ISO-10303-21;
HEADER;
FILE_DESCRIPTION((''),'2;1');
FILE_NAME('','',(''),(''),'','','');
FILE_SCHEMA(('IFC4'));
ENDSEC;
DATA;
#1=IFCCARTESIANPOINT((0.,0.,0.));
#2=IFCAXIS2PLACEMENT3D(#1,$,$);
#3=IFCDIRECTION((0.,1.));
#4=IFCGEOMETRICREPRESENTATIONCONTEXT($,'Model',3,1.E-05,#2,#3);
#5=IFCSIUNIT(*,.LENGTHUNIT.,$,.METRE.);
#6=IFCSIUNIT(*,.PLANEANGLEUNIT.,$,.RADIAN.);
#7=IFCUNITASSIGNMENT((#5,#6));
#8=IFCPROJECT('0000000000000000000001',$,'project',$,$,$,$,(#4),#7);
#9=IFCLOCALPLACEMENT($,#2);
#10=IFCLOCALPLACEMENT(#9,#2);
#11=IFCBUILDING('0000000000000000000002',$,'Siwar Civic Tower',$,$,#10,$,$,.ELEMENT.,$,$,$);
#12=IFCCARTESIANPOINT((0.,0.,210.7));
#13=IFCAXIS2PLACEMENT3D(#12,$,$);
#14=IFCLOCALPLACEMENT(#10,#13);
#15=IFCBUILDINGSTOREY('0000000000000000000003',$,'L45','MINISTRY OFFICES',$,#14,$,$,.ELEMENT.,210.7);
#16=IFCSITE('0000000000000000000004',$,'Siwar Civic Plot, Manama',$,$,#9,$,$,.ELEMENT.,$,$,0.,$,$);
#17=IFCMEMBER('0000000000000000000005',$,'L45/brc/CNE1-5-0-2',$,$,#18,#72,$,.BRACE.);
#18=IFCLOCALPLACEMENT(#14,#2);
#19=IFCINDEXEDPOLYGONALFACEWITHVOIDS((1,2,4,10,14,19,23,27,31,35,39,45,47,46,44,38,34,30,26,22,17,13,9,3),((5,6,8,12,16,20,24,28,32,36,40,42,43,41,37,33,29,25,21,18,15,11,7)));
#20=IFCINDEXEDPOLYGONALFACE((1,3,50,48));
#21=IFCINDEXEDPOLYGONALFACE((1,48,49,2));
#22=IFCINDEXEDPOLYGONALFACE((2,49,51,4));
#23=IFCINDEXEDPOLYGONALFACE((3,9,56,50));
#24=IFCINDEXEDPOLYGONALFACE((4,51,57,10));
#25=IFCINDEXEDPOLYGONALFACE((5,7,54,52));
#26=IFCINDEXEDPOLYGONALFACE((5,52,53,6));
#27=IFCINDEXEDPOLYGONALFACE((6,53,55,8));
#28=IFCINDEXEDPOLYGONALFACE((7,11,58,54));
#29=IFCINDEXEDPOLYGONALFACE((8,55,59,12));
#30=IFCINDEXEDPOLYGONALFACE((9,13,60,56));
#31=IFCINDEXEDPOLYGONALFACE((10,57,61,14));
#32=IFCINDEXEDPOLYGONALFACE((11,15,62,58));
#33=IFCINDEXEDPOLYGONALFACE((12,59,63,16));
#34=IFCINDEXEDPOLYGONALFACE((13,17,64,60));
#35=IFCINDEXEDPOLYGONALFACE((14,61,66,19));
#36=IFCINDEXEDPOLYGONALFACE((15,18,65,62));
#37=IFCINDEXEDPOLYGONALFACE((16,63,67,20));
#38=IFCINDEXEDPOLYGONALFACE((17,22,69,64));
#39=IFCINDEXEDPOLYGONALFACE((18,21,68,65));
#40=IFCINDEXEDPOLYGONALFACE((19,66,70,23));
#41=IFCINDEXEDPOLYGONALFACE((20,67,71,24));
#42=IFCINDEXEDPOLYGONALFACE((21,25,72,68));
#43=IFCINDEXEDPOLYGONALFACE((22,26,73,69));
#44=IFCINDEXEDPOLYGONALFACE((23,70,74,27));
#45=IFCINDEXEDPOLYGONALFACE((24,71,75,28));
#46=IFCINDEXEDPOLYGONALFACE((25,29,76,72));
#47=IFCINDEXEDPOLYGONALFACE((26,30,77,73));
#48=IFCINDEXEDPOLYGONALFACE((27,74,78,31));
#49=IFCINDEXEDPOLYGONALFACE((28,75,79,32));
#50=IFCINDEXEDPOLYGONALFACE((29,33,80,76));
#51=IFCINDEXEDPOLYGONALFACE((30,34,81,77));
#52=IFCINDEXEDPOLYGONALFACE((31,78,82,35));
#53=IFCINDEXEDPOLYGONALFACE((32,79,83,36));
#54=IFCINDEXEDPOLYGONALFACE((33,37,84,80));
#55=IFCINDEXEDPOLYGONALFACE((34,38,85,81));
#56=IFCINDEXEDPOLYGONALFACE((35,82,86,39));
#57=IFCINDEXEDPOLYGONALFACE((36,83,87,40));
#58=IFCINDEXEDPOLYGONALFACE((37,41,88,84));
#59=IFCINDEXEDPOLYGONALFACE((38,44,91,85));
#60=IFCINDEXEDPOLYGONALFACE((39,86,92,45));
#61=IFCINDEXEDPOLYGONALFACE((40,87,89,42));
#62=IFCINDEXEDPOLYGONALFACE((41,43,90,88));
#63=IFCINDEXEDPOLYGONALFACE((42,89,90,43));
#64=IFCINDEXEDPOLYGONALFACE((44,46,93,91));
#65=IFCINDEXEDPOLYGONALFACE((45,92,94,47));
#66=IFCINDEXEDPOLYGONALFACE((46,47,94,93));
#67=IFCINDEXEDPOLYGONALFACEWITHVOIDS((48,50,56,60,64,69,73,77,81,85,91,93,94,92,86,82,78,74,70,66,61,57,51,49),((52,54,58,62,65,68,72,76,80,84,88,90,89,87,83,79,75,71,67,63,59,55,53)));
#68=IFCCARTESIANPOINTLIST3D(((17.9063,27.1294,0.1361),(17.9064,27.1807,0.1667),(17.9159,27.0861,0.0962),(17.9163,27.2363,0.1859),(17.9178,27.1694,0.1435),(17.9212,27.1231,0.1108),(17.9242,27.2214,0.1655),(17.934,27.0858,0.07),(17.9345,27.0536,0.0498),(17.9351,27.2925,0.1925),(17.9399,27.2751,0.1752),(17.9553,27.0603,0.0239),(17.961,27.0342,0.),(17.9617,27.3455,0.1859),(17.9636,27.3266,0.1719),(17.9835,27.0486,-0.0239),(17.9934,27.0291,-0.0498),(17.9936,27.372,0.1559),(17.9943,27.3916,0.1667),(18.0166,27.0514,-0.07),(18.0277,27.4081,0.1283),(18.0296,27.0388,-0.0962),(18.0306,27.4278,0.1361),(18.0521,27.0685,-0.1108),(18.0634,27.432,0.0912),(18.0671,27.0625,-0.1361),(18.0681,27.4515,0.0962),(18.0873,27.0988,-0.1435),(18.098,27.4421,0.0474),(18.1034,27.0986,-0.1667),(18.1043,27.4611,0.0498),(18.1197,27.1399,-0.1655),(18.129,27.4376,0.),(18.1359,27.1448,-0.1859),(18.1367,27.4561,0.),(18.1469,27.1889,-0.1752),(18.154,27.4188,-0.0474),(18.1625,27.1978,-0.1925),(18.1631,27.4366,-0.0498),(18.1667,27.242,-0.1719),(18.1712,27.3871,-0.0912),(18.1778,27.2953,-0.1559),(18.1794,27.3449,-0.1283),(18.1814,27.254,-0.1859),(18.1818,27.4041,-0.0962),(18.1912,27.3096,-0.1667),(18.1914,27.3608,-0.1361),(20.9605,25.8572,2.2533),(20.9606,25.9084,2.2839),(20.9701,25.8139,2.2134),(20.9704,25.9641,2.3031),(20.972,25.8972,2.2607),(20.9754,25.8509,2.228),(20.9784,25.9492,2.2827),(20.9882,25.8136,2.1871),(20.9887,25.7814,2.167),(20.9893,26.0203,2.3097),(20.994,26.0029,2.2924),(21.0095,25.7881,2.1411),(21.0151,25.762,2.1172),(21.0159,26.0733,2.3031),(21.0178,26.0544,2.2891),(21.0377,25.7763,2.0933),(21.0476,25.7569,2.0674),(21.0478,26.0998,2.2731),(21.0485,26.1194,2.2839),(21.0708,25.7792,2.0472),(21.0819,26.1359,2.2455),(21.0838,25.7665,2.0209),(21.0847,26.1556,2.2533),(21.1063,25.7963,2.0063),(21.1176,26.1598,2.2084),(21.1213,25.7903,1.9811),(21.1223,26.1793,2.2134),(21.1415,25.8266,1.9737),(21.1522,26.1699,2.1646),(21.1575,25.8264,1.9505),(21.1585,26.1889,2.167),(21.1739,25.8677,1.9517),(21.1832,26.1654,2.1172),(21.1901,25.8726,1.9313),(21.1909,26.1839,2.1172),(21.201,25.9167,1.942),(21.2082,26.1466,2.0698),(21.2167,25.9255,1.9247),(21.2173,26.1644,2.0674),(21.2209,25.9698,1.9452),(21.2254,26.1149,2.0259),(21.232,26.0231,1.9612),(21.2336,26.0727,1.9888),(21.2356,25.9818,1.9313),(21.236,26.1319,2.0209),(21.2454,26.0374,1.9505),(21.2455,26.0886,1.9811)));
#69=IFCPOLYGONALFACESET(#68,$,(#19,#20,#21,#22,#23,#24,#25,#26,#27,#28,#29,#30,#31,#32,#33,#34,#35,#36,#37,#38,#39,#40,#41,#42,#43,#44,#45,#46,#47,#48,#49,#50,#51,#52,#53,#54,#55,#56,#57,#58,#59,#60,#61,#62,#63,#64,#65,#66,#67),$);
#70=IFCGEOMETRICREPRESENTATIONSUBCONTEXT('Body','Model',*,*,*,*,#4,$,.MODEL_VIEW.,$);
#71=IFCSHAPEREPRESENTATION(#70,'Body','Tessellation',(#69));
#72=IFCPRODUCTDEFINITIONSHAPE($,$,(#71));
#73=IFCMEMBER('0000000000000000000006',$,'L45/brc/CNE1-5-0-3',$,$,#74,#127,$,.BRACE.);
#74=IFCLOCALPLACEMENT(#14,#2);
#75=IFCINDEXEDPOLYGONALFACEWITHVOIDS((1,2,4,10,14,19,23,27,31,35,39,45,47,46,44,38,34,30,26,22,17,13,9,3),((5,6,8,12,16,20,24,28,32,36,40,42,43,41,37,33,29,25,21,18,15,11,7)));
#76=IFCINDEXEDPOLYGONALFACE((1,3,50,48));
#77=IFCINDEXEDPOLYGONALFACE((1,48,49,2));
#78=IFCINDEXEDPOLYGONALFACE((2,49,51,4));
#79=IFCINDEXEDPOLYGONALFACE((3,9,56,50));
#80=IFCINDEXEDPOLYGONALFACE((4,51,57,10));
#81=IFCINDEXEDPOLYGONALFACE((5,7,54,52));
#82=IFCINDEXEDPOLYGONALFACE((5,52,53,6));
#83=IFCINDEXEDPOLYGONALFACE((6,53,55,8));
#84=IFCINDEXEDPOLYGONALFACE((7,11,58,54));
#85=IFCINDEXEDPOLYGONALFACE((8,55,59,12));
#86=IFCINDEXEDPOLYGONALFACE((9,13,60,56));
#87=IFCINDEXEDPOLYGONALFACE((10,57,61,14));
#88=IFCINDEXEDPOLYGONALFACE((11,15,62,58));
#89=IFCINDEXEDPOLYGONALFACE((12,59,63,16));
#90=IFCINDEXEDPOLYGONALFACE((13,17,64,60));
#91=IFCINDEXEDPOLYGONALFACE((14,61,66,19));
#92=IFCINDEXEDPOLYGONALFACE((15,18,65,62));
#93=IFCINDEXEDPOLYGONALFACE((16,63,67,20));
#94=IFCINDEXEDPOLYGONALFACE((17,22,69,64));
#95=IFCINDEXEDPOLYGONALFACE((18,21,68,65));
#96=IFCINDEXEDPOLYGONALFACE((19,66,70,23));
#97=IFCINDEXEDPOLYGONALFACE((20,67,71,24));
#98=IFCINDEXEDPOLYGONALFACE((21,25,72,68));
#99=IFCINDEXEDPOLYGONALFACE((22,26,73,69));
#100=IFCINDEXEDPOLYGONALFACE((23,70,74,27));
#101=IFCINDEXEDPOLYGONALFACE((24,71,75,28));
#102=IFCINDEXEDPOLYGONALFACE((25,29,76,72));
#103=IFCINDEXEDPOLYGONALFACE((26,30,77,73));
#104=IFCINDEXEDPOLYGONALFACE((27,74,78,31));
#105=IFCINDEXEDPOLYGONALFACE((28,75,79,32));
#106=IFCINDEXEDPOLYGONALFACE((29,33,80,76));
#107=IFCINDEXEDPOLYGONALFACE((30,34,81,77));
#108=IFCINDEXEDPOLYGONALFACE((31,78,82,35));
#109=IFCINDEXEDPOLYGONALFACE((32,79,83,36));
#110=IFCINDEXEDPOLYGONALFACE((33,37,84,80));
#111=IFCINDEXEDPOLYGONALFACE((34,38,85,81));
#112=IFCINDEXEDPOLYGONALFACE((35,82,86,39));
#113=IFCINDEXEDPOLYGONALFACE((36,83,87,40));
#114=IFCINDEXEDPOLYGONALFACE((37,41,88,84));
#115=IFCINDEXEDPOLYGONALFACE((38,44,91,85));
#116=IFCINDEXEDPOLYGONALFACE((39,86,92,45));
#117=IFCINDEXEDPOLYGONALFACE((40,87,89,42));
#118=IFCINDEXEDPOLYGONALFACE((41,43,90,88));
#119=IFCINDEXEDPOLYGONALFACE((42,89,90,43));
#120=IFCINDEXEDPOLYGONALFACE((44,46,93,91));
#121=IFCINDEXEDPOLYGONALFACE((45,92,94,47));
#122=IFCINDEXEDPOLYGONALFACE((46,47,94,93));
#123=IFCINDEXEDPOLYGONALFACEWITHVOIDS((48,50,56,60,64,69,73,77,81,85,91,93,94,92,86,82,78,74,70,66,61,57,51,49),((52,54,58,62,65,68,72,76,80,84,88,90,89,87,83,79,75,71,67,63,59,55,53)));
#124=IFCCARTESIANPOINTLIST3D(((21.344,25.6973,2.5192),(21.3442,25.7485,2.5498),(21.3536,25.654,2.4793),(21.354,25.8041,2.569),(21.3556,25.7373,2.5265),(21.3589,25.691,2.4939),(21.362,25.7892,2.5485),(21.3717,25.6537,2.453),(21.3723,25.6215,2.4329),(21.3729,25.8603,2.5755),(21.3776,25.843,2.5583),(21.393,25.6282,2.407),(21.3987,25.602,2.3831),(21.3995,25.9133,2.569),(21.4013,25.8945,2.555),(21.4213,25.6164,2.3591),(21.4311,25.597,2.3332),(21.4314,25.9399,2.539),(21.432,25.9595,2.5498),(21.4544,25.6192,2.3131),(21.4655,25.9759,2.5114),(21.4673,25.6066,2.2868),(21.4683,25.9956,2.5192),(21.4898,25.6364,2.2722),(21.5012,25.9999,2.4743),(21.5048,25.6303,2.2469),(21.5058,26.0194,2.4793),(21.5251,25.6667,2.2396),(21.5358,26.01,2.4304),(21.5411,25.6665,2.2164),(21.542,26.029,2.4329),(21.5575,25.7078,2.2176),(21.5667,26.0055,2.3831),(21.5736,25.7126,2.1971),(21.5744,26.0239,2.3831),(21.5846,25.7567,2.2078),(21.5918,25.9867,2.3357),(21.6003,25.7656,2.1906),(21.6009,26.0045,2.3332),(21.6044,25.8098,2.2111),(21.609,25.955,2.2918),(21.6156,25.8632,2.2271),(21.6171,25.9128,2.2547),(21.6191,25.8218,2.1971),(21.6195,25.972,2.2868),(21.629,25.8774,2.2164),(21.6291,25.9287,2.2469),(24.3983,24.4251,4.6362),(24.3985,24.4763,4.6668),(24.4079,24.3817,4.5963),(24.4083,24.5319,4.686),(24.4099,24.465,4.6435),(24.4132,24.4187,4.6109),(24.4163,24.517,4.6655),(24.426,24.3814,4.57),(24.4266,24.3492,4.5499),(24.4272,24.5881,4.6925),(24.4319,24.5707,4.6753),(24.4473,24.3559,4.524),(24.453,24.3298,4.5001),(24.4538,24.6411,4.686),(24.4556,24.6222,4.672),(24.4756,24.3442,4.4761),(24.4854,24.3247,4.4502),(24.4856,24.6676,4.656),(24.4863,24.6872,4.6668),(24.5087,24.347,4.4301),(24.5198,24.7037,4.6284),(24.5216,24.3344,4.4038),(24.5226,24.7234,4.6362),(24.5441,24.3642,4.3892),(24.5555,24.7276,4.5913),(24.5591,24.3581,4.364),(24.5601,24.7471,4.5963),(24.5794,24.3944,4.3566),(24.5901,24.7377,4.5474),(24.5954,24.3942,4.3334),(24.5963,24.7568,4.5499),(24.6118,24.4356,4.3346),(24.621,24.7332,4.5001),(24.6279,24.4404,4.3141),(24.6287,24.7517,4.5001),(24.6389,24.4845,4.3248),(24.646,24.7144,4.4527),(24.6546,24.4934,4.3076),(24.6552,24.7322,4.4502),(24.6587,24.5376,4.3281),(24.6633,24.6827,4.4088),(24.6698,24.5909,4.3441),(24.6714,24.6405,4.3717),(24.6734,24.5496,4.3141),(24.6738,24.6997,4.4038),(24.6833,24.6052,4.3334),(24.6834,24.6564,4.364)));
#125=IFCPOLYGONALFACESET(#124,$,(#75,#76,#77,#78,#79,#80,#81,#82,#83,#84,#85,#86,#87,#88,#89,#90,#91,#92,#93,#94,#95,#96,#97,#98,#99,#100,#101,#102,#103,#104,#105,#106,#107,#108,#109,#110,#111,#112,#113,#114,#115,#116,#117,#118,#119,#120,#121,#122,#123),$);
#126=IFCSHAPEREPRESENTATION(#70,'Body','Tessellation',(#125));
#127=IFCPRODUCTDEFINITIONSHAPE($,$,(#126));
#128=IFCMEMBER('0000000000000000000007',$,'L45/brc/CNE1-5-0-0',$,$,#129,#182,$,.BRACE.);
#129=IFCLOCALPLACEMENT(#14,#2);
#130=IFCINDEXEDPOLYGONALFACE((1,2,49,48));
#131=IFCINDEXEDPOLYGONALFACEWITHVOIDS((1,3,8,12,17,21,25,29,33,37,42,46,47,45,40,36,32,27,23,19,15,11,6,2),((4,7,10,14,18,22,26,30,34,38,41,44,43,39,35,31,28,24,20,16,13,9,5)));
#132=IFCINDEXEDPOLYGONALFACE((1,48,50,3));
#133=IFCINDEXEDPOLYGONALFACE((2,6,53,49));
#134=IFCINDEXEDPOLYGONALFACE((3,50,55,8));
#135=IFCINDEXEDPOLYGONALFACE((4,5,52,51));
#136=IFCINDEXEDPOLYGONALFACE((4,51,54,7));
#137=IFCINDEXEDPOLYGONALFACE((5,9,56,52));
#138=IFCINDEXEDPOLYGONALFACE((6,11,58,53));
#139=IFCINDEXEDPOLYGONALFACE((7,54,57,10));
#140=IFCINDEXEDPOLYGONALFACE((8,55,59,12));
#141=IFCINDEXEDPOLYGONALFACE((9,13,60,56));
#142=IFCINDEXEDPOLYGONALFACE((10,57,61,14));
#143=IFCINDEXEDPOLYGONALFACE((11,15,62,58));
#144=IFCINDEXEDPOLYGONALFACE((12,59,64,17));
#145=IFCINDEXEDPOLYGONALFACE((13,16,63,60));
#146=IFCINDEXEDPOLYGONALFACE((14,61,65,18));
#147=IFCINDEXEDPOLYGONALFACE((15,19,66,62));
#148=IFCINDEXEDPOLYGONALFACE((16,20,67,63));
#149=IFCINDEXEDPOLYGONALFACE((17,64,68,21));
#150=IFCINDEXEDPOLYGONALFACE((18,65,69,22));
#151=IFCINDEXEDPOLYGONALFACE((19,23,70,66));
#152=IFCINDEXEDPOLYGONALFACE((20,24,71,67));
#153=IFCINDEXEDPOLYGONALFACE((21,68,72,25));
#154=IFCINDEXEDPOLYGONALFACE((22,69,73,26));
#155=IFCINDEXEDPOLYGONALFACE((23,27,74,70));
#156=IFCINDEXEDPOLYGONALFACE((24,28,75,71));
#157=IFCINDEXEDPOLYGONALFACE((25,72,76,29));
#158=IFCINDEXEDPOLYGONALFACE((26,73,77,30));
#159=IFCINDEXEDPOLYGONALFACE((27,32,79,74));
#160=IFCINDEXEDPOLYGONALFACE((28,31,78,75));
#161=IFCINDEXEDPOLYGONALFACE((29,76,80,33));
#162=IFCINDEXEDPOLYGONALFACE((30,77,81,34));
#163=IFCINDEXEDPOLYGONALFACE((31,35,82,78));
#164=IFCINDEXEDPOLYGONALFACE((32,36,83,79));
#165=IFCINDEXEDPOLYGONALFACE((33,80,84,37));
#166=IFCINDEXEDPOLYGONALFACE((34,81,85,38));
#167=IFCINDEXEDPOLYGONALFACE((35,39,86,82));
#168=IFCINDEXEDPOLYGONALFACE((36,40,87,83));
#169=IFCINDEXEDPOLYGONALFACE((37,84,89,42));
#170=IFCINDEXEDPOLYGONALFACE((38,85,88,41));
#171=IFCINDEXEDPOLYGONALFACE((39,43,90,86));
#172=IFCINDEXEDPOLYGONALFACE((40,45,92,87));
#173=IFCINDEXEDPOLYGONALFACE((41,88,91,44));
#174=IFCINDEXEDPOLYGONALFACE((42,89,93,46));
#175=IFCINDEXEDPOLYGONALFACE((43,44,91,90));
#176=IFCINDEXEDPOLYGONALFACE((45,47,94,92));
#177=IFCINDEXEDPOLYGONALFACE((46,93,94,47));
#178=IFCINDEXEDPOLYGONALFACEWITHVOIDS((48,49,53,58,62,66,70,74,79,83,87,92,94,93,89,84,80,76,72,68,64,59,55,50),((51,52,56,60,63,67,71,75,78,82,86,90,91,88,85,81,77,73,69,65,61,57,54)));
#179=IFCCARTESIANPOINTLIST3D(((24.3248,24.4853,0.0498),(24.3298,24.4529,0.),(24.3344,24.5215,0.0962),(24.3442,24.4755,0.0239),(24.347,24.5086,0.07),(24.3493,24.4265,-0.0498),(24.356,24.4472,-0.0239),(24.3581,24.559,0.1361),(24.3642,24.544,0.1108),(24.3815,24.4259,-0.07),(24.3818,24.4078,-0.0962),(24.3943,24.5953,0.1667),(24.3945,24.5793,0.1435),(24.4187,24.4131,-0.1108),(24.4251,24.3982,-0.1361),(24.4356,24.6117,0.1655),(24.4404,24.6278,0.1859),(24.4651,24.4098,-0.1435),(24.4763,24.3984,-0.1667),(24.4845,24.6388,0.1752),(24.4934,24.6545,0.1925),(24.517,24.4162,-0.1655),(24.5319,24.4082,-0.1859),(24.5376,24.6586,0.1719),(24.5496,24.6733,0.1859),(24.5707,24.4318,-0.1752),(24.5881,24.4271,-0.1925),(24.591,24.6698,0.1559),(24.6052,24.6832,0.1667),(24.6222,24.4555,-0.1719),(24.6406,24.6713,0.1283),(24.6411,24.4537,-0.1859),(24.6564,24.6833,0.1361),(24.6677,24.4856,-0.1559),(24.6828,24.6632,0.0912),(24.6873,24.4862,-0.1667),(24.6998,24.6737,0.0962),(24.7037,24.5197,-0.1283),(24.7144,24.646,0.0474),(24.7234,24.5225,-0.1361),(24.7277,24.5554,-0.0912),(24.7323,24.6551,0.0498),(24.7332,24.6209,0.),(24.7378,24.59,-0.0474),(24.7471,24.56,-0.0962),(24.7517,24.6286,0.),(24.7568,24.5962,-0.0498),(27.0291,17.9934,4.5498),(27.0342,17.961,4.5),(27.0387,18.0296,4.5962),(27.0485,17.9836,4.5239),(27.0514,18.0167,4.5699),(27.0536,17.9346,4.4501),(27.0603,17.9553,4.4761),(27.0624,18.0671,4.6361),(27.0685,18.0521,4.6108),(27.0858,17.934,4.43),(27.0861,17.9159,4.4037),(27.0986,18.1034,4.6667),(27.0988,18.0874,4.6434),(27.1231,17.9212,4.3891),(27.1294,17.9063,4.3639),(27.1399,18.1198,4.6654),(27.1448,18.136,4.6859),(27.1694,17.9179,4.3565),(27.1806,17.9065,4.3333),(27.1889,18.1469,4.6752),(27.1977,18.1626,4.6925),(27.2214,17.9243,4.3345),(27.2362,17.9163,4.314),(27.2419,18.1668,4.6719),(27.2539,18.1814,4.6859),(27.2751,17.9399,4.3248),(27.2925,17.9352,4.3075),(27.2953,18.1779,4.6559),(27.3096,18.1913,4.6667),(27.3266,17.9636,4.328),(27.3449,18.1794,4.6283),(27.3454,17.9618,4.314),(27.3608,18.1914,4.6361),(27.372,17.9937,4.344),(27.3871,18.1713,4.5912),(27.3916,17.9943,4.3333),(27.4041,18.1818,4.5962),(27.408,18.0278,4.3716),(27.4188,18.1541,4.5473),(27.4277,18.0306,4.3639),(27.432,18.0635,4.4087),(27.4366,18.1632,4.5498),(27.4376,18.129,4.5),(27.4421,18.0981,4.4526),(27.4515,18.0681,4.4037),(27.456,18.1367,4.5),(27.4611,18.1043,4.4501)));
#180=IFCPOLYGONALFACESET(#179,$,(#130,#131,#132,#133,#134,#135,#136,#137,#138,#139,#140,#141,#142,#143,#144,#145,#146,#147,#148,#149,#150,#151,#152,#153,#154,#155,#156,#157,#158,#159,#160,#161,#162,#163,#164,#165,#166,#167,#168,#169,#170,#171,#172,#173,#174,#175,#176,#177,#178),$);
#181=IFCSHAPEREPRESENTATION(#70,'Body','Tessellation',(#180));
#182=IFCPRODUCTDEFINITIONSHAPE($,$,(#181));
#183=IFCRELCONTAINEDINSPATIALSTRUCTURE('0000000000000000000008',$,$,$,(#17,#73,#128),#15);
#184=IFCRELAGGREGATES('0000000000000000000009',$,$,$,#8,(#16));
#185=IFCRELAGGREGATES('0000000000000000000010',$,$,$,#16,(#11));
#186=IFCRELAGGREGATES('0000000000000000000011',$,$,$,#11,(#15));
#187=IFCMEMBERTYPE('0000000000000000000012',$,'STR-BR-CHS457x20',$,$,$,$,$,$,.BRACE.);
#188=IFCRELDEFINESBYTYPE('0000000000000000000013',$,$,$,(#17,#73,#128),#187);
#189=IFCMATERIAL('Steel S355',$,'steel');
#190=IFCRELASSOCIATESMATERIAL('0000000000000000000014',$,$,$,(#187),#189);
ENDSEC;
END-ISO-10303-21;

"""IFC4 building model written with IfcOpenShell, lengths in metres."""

from ifc_helpers import new_model, si_unit, direction, frame, origin, origin_2d, place, context, subcontext, project, spatial, hollow_circle, extrude, material, material_profile, profile_set, type_object, element, save


model = new_model("IFC4")

# Units and contexts
model_context = context("Model", 3, precision=1e-05, world=origin(), true_north=direction((0.0, 1.0)))
body_context = subcontext(model_context, "Body", "Model", "MODEL_VIEW")
ifc_project = project(units=[si_unit("LENGTHUNIT", "METRE"), si_unit("PLANEANGLEUNIT", "RADIAN")], contexts=[model_context])

# Site, building, storey
site_placement = place(None, origin())
site = spatial("IfcSite", under=ifc_project, at=site_placement, Name="Siwar Civic Plot, Manama", CompositionType="ELEMENT", RefElevation=0.0)
building_placement = place(site_placement, origin())
building = spatial("IfcBuilding", under=site, at=building_placement, Name="Siwar Civic Tower", CompositionType="ELEMENT")
storey_placement = place(building_placement, frame((0.0, 0.0, 210.7)))
storey = spatial("IfcBuildingStorey", under=building, at=storey_placement, Name="L45", Description="MINISTRY OFFICES", CompositionType="ELEMENT", Elevation=210.7)

# Members
ifc_material_1 = material(Name="Steel S355", Category="steel")
ifc_material_profile_1 = material_profile(ifc_material_1, hollow_circle(Radius=0.2285, WallThickness=0.02, at=origin_2d()), Name="CHS457x20")
ifc_profile_set_1 = profile_set([ifc_material_profile_1], Name="Steel S355")
member_type_1 = type_object("IfcMemberType", Name="STR-BR-CHS457x20", PredefinedType="BRACE", material=ifc_profile_set_1)
for number, where, z_axis, x_axis, name in (
    (1, (18.0488, 27.2451, 0.0), (0.777546, -0.323884, 0.538999), (0.384521, 0.923116, 0.0), "L45/brc/CNE1-5-0-2"),
    (2, (21.4866, 25.813, 2.3831), (0.777572, -0.323895, 0.538955), (0.384521, 0.923116, 0.0), "L45/brc/CNE1-5-0-3"),
):
    element("IfcMember", number, at=place(storey_placement, frame(where, z_axis=z_axis, x_axis=x_axis)), inside=storey, type_object=member_type_1, Name=name, PredefinedType="BRACE", context=body_context, shape_type="SweptSolid", body=[
        extrude(hollow_circle(Radius=0.2285, WallThickness=0.02, at=origin_2d()), origin(), (0.0, 0.0, 1.0), 3.928),
    ])
member_1_placement = place(storey_placement, frame((24.5408, 24.5408, 0.0), z_axis=(0.323906, -0.777555, 0.538975), x_axis=(0.923109, 0.384539, 0.0)))
element("IfcMember", 3, at=member_1_placement, inside=storey, type_object=member_type_1, Name="L45/brc/CNE1-5-0-0", PredefinedType="BRACE", context=body_context, shape_type="SweptSolid", body=[
    extrude(hollow_circle(Radius=0.2285, WallThickness=0.02, at=origin_2d()), origin(), (0.0, 0.0, 1.0), 8.3491),
])

save(model, "model.ifc")
